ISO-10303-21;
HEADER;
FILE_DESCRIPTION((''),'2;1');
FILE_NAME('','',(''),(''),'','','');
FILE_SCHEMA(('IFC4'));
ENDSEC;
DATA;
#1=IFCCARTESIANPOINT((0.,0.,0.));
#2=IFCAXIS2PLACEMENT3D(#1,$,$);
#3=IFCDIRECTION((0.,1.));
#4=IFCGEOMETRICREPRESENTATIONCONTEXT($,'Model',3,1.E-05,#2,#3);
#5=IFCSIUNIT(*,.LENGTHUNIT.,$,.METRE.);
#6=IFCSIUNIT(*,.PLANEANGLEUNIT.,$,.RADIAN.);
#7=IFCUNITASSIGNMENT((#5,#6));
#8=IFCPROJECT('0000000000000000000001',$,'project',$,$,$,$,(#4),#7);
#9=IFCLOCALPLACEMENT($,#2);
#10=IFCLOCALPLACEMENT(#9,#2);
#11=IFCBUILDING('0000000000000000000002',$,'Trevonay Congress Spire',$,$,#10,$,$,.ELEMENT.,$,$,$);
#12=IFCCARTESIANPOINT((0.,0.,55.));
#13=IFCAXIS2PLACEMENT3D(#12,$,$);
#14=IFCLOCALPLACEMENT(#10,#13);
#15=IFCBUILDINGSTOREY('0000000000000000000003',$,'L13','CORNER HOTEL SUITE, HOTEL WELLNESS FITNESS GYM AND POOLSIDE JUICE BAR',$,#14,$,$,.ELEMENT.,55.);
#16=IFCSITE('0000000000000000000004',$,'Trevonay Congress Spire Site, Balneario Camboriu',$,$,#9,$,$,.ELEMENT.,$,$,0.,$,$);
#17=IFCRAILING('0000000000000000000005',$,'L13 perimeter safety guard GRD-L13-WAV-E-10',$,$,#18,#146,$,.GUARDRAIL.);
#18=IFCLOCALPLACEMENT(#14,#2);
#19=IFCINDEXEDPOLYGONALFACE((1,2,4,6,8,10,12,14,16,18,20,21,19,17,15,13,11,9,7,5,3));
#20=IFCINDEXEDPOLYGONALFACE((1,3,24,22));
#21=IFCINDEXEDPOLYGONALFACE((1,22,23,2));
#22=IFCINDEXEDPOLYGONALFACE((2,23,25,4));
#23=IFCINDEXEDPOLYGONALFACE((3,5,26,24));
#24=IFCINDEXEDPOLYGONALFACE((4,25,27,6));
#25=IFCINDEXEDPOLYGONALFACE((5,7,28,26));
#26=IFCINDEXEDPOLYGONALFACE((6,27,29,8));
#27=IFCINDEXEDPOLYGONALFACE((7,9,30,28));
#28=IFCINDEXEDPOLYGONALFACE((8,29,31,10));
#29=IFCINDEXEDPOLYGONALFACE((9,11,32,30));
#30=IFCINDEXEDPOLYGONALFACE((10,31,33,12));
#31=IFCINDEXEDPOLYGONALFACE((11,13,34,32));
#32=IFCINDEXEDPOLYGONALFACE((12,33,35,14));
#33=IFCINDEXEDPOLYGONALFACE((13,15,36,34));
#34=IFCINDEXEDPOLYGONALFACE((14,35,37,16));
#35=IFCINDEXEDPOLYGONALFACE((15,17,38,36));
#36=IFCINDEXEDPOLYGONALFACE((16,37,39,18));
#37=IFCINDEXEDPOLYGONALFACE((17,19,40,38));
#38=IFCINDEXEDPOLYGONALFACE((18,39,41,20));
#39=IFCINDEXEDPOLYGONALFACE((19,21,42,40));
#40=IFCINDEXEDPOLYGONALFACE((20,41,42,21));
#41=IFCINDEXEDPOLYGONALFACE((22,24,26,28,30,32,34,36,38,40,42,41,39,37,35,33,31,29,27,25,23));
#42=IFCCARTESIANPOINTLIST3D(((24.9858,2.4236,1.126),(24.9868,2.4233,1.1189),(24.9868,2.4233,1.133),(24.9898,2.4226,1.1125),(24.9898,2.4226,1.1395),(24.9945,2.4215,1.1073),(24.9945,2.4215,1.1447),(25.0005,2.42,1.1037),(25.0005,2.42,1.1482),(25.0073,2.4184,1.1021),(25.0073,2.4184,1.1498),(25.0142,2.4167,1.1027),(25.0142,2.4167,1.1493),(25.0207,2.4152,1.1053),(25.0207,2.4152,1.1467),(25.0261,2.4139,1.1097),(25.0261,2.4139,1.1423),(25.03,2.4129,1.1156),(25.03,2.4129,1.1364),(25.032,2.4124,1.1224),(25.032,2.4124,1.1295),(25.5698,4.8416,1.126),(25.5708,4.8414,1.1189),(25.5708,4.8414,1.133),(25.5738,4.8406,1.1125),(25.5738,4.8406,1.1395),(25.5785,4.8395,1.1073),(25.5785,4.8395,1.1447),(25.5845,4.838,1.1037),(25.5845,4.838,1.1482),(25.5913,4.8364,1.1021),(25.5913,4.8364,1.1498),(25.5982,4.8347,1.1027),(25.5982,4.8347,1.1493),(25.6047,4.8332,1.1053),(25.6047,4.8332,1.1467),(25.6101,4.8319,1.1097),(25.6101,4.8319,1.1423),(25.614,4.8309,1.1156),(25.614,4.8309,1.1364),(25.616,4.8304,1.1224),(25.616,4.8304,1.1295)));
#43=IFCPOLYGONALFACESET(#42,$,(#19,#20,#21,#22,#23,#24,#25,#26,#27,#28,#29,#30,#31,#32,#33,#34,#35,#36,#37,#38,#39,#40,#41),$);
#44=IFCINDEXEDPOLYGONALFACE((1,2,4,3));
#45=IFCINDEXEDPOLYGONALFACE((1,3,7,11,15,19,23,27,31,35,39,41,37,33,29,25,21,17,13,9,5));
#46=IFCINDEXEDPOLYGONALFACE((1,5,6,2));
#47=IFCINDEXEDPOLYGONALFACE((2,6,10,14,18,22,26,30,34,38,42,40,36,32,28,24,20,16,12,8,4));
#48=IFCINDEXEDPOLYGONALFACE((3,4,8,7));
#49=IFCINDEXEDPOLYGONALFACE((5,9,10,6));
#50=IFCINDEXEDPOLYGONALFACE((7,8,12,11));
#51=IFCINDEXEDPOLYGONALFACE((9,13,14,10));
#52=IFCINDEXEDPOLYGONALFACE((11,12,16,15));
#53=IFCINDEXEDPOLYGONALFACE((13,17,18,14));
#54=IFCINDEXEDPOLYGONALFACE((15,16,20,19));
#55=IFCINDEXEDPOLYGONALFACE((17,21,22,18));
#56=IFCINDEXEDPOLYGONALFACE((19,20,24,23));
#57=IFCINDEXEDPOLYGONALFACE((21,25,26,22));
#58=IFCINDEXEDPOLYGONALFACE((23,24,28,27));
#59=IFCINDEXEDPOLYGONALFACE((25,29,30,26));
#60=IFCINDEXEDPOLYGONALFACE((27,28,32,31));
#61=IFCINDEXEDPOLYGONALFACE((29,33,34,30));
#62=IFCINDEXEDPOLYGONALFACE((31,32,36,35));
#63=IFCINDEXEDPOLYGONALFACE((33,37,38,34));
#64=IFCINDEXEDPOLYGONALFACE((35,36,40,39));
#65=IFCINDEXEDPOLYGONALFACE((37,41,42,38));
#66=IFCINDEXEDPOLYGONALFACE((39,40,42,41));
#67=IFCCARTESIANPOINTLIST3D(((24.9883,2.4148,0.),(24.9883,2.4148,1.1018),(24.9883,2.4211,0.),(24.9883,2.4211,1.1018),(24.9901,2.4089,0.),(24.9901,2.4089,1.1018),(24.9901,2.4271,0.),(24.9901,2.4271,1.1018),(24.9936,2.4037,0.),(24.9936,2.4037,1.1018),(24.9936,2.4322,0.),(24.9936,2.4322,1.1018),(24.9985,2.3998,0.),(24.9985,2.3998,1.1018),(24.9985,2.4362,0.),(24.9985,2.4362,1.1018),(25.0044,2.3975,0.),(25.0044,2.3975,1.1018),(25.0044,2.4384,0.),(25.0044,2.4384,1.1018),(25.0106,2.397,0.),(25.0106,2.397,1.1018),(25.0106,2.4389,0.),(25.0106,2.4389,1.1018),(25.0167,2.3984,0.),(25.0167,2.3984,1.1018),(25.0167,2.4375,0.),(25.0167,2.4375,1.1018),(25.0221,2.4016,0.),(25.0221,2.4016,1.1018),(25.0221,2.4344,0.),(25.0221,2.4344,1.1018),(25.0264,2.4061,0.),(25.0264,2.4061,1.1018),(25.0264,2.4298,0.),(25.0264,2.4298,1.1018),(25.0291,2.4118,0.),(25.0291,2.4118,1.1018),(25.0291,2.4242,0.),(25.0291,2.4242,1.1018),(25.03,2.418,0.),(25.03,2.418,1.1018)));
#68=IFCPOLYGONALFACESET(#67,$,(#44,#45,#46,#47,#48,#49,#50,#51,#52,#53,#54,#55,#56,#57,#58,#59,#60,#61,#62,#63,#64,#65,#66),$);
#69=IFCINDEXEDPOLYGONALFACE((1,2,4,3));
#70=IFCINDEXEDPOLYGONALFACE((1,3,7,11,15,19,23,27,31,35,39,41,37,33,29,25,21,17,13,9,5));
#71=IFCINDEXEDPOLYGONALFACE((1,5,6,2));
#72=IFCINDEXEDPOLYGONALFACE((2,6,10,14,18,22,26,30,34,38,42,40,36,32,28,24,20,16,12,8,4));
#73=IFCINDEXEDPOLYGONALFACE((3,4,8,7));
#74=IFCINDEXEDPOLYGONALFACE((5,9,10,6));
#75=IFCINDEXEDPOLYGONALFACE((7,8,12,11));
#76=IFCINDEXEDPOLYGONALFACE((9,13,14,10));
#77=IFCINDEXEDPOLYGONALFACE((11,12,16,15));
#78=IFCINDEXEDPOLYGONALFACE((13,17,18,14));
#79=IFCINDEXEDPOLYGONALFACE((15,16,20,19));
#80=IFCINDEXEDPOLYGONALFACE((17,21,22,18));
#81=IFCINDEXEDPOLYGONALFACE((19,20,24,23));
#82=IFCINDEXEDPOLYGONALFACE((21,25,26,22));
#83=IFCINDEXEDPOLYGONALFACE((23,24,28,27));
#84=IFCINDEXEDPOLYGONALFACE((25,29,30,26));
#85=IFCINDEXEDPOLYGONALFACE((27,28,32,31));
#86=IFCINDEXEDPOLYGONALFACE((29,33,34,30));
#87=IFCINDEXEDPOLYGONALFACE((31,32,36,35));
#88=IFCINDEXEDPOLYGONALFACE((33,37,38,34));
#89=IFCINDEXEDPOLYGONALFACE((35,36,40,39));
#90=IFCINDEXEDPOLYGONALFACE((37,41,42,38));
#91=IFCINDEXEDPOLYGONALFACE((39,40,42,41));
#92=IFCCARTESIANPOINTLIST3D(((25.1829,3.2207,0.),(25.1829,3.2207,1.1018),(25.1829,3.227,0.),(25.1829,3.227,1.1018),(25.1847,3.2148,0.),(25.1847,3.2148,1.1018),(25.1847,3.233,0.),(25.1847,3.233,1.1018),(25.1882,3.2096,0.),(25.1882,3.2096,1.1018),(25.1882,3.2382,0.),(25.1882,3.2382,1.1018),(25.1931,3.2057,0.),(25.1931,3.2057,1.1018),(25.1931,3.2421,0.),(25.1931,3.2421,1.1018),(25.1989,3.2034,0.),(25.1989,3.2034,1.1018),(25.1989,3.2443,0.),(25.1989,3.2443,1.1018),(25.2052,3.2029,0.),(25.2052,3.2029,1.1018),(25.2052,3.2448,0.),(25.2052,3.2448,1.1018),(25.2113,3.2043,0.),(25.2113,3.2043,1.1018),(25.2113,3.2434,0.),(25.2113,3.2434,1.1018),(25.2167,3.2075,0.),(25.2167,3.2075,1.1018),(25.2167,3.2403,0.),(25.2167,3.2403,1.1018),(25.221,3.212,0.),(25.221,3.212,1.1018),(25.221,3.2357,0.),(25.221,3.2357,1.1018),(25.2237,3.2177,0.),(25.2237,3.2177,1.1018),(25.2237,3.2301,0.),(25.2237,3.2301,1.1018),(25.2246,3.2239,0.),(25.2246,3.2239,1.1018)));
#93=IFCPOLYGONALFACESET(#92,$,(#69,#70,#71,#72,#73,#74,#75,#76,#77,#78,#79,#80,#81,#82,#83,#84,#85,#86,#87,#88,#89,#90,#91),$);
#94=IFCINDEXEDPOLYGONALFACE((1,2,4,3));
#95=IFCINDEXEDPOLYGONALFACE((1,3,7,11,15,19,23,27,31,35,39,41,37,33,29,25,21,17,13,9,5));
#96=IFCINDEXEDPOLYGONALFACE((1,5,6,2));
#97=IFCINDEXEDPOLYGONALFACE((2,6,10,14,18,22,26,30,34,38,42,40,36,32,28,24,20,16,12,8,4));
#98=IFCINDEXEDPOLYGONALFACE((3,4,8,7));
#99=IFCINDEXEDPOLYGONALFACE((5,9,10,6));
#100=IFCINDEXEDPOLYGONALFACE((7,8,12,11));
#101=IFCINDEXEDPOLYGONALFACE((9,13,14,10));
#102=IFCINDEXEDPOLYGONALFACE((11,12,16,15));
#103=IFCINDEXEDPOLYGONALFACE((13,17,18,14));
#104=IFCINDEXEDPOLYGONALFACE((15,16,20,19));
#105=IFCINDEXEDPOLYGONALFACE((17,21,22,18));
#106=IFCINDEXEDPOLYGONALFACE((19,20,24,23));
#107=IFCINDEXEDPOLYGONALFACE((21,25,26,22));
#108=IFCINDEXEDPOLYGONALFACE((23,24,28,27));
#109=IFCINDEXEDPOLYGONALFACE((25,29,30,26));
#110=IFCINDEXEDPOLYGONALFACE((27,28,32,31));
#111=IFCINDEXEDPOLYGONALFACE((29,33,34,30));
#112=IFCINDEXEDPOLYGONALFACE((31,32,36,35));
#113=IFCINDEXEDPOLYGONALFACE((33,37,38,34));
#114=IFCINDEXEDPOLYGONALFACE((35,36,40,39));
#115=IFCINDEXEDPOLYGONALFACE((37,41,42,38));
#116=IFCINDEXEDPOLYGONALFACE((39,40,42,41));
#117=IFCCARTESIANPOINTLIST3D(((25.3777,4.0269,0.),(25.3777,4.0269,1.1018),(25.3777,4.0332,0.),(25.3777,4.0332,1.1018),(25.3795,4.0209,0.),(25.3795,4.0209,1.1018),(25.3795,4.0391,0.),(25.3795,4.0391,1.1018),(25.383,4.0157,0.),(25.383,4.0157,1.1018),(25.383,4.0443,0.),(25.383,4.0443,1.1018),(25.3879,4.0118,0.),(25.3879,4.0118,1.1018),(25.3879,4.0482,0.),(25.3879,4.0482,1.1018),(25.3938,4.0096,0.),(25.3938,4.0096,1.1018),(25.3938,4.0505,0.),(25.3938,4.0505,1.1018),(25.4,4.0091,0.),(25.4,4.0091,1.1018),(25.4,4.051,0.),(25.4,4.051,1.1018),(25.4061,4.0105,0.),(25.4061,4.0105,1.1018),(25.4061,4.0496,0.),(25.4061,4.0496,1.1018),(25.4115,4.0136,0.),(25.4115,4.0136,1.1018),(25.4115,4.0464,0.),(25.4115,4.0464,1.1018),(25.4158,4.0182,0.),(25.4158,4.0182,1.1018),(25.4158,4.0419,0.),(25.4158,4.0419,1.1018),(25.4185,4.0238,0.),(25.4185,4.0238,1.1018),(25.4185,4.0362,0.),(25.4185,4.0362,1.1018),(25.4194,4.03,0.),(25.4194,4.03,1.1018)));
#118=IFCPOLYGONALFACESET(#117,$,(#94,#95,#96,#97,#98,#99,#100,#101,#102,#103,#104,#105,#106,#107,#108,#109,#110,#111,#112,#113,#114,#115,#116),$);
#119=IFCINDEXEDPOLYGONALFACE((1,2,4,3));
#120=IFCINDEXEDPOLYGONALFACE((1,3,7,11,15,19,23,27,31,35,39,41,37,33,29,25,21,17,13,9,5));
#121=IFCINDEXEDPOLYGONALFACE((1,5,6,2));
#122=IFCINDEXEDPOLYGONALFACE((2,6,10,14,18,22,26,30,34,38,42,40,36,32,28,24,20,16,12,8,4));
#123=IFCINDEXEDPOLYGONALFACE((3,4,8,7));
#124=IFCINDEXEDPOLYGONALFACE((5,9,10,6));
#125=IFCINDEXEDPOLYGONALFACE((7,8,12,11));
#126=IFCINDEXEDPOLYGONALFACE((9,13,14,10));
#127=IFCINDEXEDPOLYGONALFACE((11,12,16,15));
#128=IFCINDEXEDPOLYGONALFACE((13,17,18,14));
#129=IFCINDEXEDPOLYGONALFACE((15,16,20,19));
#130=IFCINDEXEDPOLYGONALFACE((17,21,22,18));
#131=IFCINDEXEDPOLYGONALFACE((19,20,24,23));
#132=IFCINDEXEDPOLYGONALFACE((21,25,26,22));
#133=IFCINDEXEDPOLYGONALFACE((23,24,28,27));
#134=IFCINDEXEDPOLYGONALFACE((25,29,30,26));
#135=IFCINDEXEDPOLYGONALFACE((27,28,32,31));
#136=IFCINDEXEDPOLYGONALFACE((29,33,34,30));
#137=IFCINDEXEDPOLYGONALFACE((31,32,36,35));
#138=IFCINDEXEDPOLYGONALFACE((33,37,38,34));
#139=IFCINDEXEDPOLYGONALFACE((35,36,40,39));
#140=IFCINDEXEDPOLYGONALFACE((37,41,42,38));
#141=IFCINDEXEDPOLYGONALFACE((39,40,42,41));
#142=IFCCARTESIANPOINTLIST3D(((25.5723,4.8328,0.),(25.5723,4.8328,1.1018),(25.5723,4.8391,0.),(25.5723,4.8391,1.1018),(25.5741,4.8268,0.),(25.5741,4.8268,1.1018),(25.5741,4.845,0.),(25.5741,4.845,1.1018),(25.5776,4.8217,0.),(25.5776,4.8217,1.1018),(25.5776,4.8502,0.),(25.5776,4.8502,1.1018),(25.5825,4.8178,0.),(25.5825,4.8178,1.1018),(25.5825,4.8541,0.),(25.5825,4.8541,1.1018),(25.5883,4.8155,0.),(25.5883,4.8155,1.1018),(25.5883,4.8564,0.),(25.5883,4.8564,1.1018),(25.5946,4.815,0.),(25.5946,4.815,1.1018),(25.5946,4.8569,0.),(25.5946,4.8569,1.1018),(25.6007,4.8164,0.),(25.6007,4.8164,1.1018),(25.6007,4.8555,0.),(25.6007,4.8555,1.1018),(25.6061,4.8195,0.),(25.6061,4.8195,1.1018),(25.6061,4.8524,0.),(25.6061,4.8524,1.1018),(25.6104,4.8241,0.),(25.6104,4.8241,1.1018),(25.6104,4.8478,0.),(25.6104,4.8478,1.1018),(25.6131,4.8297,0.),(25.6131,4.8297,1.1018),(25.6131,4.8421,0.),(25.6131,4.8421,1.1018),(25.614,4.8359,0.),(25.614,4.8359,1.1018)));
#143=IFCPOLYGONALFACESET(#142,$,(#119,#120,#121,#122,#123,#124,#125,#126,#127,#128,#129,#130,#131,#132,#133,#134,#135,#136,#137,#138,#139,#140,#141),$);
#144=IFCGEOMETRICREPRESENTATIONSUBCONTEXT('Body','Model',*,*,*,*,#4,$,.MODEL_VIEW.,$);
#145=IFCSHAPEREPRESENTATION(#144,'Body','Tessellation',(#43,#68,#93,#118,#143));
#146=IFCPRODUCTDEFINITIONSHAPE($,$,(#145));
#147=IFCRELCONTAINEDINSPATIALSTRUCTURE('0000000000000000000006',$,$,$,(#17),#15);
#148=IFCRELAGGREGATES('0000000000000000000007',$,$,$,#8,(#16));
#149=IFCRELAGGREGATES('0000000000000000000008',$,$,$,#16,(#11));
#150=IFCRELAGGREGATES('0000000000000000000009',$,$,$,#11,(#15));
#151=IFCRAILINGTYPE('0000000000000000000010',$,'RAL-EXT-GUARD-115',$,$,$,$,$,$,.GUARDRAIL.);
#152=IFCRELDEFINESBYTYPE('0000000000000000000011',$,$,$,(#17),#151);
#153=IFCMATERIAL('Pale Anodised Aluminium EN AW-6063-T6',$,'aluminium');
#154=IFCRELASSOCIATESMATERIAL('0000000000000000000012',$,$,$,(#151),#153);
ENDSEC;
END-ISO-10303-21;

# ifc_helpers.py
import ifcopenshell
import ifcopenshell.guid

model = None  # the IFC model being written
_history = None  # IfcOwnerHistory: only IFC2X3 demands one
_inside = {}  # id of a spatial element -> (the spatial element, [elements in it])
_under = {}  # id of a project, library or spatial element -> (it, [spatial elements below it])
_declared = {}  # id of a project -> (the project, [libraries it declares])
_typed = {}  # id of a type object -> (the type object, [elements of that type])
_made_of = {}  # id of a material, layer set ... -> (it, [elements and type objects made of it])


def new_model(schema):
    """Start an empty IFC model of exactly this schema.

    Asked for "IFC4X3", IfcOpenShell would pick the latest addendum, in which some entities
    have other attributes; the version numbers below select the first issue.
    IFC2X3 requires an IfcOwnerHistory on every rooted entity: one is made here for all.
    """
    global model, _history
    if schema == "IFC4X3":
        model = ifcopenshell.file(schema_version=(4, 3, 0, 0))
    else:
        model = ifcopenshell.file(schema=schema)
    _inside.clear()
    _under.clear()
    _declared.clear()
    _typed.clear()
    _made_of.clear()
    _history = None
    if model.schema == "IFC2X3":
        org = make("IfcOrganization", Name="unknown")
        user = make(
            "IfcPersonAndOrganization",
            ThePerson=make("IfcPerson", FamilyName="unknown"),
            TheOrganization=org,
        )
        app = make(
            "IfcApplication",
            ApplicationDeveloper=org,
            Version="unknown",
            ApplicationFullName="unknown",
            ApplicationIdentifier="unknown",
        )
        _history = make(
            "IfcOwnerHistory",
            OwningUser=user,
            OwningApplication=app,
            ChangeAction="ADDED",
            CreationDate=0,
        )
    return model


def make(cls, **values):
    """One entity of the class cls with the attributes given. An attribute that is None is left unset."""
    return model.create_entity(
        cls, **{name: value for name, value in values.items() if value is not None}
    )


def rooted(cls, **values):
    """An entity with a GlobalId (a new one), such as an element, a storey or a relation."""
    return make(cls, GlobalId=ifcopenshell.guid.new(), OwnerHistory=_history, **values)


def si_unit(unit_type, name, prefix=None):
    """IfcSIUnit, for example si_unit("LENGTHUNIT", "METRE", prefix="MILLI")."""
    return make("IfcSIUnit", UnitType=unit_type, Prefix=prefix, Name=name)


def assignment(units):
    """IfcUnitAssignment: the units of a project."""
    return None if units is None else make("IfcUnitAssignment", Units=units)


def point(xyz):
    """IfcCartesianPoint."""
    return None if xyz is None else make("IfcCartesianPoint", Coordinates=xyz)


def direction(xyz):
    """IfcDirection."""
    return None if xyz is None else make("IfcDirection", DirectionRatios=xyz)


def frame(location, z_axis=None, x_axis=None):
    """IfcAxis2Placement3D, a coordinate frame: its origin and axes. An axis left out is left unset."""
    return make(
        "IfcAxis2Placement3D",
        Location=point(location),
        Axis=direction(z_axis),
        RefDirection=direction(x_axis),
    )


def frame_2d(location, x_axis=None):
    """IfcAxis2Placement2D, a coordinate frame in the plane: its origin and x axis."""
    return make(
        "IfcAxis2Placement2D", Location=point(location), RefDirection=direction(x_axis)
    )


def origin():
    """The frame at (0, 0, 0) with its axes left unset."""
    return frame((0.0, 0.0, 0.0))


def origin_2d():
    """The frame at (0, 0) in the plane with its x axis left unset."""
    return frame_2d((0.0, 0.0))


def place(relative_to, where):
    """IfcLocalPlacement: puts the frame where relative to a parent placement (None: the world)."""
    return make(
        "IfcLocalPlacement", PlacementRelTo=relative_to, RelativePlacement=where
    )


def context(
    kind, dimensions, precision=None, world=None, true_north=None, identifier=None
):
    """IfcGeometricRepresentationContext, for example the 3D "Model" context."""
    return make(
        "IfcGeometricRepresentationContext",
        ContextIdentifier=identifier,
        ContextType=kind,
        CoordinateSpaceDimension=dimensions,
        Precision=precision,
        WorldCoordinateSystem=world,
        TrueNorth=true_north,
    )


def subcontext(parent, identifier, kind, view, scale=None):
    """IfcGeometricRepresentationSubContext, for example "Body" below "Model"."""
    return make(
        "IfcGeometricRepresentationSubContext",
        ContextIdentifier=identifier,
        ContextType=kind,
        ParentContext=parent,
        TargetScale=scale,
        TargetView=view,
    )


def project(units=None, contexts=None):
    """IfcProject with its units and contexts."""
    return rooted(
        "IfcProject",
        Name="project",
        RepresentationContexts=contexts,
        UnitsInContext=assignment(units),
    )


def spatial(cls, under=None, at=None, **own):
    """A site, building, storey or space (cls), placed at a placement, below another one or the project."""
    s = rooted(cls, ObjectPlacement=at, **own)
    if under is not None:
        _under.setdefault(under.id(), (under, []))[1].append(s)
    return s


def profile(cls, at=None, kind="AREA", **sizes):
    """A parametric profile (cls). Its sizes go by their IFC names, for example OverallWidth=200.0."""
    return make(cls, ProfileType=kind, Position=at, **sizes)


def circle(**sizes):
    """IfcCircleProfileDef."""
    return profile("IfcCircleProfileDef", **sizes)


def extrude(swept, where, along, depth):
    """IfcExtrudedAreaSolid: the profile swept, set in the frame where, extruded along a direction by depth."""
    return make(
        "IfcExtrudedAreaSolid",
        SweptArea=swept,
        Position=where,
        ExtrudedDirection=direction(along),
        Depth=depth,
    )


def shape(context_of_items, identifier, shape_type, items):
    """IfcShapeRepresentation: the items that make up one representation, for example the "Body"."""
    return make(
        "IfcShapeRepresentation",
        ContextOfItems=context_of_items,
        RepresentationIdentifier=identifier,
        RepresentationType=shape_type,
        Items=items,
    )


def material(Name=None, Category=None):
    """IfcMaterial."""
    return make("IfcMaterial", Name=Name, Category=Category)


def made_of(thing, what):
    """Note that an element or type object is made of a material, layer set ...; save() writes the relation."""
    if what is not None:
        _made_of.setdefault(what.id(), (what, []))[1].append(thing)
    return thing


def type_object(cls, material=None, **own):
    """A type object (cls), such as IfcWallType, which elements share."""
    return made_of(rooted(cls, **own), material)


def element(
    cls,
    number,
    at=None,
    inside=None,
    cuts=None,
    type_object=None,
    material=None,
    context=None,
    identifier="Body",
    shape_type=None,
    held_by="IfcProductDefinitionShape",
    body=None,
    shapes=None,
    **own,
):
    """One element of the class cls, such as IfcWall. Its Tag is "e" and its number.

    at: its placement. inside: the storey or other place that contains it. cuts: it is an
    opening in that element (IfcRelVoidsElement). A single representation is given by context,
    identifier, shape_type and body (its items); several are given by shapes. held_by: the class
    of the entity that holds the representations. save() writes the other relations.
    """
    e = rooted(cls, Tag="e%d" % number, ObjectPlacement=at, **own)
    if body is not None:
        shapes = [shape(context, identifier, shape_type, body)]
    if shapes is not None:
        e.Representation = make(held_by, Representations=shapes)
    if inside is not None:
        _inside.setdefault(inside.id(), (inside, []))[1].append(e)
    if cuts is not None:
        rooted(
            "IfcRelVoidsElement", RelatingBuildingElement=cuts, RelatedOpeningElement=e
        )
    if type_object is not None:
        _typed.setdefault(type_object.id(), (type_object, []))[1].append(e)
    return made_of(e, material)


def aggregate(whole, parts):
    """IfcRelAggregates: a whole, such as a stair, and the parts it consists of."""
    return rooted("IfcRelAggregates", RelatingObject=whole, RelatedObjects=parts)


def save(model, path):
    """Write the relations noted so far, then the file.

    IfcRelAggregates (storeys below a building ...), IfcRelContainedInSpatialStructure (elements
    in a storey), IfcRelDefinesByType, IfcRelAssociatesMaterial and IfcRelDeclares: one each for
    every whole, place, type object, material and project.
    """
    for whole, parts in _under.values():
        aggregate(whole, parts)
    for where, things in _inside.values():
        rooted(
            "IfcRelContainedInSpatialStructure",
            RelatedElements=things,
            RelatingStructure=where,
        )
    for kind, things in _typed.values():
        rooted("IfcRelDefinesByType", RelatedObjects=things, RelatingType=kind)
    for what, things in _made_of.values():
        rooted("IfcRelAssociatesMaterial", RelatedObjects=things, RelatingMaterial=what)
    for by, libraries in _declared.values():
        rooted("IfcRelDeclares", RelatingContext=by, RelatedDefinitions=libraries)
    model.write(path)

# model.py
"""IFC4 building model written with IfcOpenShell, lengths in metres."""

from ifc_helpers import new_model, si_unit, direction, frame, origin, origin_2d, place, context, subcontext, project, spatial, circle, extrude, material, type_object, element, save


model = new_model("IFC4")

# Units and contexts
model_context = context("Model", 3, precision=1e-05, world=origin(), true_north=direction((0.0, 1.0)))
body_context = subcontext(model_context, "Body", "Model", "MODEL_VIEW")
ifc_project = project(units=[si_unit("LENGTHUNIT", "METRE"), si_unit("PLANEANGLEUNIT", "RADIAN")], contexts=[model_context])

# Site, building, storey
site_placement = place(None, origin())
site = spatial("IfcSite", under=ifc_project, at=site_placement, Name="Trevonay Congress Spire Site, Balneario Camboriu", CompositionType="ELEMENT", RefElevation=0.0)
building_placement = place(site_placement, origin())
building = spatial("IfcBuilding", under=site, at=building_placement, Name="Trevonay Congress Spire", CompositionType="ELEMENT")
storey_placement = place(building_placement, frame((0.0, 0.0, 55.0)))
storey = spatial("IfcBuildingStorey", under=building, at=storey_placement, Name="L13", Description="CORNER HOTEL SUITE, HOTEL WELLNESS FITNESS GYM AND POOLSIDE JUICE BAR", CompositionType="ELEMENT", Elevation=55.0)

# Shared definitions
ifc_material_1 = material(Name="Pale Anodised Aluminium EN AW-6063-T6", Category="aluminium")

# Railing
railing_type = type_object("IfcRailingType", Name="RAL-EXT-GUARD-115", PredefinedType="GUARDRAIL", material=ifc_material_1)
railing_1_placement = place(storey_placement, frame((25.009, 2.418, 0.0)))
element("IfcRailing", 1, at=railing_1_placement, inside=storey, type_object=railing_type, Name="L13 perimeter safety guard GRD-L13-WAV-E-10", PredefinedType="GUARDRAIL", context=body_context, shape_type="SweptSolid", body=[
    extrude(circle(Radius=0.0239, at=origin_2d()), frame((0.0, 0.0, 1.126), z_axis=(0.234768, 0.972051, 0.0), x_axis=(-0.972051, 0.234768, 0.0)), (0.0, 0.0, 1.0), 2.4875),
    extrude(circle(Radius=0.021, at=origin_2d()), origin(), (0.0, 0.0, 1.0), 1.1018),
    extrude(circle(Radius=0.021, at=origin_2d()), frame((0.1946, 0.8059, 0.0)), (0.0, 0.0, 1.0), 1.1018),
    extrude(circle(Radius=0.021, at=origin_2d()), frame((0.3894, 1.6121, 0.0)), (0.0, 0.0, 1.0), 1.1018),
    extrude(circle(Radius=0.021, at=origin_2d()), frame((0.584, 2.418, 0.0)), (0.0, 0.0, 1.0), 1.1018),
])

save(model, "model.ifc")
